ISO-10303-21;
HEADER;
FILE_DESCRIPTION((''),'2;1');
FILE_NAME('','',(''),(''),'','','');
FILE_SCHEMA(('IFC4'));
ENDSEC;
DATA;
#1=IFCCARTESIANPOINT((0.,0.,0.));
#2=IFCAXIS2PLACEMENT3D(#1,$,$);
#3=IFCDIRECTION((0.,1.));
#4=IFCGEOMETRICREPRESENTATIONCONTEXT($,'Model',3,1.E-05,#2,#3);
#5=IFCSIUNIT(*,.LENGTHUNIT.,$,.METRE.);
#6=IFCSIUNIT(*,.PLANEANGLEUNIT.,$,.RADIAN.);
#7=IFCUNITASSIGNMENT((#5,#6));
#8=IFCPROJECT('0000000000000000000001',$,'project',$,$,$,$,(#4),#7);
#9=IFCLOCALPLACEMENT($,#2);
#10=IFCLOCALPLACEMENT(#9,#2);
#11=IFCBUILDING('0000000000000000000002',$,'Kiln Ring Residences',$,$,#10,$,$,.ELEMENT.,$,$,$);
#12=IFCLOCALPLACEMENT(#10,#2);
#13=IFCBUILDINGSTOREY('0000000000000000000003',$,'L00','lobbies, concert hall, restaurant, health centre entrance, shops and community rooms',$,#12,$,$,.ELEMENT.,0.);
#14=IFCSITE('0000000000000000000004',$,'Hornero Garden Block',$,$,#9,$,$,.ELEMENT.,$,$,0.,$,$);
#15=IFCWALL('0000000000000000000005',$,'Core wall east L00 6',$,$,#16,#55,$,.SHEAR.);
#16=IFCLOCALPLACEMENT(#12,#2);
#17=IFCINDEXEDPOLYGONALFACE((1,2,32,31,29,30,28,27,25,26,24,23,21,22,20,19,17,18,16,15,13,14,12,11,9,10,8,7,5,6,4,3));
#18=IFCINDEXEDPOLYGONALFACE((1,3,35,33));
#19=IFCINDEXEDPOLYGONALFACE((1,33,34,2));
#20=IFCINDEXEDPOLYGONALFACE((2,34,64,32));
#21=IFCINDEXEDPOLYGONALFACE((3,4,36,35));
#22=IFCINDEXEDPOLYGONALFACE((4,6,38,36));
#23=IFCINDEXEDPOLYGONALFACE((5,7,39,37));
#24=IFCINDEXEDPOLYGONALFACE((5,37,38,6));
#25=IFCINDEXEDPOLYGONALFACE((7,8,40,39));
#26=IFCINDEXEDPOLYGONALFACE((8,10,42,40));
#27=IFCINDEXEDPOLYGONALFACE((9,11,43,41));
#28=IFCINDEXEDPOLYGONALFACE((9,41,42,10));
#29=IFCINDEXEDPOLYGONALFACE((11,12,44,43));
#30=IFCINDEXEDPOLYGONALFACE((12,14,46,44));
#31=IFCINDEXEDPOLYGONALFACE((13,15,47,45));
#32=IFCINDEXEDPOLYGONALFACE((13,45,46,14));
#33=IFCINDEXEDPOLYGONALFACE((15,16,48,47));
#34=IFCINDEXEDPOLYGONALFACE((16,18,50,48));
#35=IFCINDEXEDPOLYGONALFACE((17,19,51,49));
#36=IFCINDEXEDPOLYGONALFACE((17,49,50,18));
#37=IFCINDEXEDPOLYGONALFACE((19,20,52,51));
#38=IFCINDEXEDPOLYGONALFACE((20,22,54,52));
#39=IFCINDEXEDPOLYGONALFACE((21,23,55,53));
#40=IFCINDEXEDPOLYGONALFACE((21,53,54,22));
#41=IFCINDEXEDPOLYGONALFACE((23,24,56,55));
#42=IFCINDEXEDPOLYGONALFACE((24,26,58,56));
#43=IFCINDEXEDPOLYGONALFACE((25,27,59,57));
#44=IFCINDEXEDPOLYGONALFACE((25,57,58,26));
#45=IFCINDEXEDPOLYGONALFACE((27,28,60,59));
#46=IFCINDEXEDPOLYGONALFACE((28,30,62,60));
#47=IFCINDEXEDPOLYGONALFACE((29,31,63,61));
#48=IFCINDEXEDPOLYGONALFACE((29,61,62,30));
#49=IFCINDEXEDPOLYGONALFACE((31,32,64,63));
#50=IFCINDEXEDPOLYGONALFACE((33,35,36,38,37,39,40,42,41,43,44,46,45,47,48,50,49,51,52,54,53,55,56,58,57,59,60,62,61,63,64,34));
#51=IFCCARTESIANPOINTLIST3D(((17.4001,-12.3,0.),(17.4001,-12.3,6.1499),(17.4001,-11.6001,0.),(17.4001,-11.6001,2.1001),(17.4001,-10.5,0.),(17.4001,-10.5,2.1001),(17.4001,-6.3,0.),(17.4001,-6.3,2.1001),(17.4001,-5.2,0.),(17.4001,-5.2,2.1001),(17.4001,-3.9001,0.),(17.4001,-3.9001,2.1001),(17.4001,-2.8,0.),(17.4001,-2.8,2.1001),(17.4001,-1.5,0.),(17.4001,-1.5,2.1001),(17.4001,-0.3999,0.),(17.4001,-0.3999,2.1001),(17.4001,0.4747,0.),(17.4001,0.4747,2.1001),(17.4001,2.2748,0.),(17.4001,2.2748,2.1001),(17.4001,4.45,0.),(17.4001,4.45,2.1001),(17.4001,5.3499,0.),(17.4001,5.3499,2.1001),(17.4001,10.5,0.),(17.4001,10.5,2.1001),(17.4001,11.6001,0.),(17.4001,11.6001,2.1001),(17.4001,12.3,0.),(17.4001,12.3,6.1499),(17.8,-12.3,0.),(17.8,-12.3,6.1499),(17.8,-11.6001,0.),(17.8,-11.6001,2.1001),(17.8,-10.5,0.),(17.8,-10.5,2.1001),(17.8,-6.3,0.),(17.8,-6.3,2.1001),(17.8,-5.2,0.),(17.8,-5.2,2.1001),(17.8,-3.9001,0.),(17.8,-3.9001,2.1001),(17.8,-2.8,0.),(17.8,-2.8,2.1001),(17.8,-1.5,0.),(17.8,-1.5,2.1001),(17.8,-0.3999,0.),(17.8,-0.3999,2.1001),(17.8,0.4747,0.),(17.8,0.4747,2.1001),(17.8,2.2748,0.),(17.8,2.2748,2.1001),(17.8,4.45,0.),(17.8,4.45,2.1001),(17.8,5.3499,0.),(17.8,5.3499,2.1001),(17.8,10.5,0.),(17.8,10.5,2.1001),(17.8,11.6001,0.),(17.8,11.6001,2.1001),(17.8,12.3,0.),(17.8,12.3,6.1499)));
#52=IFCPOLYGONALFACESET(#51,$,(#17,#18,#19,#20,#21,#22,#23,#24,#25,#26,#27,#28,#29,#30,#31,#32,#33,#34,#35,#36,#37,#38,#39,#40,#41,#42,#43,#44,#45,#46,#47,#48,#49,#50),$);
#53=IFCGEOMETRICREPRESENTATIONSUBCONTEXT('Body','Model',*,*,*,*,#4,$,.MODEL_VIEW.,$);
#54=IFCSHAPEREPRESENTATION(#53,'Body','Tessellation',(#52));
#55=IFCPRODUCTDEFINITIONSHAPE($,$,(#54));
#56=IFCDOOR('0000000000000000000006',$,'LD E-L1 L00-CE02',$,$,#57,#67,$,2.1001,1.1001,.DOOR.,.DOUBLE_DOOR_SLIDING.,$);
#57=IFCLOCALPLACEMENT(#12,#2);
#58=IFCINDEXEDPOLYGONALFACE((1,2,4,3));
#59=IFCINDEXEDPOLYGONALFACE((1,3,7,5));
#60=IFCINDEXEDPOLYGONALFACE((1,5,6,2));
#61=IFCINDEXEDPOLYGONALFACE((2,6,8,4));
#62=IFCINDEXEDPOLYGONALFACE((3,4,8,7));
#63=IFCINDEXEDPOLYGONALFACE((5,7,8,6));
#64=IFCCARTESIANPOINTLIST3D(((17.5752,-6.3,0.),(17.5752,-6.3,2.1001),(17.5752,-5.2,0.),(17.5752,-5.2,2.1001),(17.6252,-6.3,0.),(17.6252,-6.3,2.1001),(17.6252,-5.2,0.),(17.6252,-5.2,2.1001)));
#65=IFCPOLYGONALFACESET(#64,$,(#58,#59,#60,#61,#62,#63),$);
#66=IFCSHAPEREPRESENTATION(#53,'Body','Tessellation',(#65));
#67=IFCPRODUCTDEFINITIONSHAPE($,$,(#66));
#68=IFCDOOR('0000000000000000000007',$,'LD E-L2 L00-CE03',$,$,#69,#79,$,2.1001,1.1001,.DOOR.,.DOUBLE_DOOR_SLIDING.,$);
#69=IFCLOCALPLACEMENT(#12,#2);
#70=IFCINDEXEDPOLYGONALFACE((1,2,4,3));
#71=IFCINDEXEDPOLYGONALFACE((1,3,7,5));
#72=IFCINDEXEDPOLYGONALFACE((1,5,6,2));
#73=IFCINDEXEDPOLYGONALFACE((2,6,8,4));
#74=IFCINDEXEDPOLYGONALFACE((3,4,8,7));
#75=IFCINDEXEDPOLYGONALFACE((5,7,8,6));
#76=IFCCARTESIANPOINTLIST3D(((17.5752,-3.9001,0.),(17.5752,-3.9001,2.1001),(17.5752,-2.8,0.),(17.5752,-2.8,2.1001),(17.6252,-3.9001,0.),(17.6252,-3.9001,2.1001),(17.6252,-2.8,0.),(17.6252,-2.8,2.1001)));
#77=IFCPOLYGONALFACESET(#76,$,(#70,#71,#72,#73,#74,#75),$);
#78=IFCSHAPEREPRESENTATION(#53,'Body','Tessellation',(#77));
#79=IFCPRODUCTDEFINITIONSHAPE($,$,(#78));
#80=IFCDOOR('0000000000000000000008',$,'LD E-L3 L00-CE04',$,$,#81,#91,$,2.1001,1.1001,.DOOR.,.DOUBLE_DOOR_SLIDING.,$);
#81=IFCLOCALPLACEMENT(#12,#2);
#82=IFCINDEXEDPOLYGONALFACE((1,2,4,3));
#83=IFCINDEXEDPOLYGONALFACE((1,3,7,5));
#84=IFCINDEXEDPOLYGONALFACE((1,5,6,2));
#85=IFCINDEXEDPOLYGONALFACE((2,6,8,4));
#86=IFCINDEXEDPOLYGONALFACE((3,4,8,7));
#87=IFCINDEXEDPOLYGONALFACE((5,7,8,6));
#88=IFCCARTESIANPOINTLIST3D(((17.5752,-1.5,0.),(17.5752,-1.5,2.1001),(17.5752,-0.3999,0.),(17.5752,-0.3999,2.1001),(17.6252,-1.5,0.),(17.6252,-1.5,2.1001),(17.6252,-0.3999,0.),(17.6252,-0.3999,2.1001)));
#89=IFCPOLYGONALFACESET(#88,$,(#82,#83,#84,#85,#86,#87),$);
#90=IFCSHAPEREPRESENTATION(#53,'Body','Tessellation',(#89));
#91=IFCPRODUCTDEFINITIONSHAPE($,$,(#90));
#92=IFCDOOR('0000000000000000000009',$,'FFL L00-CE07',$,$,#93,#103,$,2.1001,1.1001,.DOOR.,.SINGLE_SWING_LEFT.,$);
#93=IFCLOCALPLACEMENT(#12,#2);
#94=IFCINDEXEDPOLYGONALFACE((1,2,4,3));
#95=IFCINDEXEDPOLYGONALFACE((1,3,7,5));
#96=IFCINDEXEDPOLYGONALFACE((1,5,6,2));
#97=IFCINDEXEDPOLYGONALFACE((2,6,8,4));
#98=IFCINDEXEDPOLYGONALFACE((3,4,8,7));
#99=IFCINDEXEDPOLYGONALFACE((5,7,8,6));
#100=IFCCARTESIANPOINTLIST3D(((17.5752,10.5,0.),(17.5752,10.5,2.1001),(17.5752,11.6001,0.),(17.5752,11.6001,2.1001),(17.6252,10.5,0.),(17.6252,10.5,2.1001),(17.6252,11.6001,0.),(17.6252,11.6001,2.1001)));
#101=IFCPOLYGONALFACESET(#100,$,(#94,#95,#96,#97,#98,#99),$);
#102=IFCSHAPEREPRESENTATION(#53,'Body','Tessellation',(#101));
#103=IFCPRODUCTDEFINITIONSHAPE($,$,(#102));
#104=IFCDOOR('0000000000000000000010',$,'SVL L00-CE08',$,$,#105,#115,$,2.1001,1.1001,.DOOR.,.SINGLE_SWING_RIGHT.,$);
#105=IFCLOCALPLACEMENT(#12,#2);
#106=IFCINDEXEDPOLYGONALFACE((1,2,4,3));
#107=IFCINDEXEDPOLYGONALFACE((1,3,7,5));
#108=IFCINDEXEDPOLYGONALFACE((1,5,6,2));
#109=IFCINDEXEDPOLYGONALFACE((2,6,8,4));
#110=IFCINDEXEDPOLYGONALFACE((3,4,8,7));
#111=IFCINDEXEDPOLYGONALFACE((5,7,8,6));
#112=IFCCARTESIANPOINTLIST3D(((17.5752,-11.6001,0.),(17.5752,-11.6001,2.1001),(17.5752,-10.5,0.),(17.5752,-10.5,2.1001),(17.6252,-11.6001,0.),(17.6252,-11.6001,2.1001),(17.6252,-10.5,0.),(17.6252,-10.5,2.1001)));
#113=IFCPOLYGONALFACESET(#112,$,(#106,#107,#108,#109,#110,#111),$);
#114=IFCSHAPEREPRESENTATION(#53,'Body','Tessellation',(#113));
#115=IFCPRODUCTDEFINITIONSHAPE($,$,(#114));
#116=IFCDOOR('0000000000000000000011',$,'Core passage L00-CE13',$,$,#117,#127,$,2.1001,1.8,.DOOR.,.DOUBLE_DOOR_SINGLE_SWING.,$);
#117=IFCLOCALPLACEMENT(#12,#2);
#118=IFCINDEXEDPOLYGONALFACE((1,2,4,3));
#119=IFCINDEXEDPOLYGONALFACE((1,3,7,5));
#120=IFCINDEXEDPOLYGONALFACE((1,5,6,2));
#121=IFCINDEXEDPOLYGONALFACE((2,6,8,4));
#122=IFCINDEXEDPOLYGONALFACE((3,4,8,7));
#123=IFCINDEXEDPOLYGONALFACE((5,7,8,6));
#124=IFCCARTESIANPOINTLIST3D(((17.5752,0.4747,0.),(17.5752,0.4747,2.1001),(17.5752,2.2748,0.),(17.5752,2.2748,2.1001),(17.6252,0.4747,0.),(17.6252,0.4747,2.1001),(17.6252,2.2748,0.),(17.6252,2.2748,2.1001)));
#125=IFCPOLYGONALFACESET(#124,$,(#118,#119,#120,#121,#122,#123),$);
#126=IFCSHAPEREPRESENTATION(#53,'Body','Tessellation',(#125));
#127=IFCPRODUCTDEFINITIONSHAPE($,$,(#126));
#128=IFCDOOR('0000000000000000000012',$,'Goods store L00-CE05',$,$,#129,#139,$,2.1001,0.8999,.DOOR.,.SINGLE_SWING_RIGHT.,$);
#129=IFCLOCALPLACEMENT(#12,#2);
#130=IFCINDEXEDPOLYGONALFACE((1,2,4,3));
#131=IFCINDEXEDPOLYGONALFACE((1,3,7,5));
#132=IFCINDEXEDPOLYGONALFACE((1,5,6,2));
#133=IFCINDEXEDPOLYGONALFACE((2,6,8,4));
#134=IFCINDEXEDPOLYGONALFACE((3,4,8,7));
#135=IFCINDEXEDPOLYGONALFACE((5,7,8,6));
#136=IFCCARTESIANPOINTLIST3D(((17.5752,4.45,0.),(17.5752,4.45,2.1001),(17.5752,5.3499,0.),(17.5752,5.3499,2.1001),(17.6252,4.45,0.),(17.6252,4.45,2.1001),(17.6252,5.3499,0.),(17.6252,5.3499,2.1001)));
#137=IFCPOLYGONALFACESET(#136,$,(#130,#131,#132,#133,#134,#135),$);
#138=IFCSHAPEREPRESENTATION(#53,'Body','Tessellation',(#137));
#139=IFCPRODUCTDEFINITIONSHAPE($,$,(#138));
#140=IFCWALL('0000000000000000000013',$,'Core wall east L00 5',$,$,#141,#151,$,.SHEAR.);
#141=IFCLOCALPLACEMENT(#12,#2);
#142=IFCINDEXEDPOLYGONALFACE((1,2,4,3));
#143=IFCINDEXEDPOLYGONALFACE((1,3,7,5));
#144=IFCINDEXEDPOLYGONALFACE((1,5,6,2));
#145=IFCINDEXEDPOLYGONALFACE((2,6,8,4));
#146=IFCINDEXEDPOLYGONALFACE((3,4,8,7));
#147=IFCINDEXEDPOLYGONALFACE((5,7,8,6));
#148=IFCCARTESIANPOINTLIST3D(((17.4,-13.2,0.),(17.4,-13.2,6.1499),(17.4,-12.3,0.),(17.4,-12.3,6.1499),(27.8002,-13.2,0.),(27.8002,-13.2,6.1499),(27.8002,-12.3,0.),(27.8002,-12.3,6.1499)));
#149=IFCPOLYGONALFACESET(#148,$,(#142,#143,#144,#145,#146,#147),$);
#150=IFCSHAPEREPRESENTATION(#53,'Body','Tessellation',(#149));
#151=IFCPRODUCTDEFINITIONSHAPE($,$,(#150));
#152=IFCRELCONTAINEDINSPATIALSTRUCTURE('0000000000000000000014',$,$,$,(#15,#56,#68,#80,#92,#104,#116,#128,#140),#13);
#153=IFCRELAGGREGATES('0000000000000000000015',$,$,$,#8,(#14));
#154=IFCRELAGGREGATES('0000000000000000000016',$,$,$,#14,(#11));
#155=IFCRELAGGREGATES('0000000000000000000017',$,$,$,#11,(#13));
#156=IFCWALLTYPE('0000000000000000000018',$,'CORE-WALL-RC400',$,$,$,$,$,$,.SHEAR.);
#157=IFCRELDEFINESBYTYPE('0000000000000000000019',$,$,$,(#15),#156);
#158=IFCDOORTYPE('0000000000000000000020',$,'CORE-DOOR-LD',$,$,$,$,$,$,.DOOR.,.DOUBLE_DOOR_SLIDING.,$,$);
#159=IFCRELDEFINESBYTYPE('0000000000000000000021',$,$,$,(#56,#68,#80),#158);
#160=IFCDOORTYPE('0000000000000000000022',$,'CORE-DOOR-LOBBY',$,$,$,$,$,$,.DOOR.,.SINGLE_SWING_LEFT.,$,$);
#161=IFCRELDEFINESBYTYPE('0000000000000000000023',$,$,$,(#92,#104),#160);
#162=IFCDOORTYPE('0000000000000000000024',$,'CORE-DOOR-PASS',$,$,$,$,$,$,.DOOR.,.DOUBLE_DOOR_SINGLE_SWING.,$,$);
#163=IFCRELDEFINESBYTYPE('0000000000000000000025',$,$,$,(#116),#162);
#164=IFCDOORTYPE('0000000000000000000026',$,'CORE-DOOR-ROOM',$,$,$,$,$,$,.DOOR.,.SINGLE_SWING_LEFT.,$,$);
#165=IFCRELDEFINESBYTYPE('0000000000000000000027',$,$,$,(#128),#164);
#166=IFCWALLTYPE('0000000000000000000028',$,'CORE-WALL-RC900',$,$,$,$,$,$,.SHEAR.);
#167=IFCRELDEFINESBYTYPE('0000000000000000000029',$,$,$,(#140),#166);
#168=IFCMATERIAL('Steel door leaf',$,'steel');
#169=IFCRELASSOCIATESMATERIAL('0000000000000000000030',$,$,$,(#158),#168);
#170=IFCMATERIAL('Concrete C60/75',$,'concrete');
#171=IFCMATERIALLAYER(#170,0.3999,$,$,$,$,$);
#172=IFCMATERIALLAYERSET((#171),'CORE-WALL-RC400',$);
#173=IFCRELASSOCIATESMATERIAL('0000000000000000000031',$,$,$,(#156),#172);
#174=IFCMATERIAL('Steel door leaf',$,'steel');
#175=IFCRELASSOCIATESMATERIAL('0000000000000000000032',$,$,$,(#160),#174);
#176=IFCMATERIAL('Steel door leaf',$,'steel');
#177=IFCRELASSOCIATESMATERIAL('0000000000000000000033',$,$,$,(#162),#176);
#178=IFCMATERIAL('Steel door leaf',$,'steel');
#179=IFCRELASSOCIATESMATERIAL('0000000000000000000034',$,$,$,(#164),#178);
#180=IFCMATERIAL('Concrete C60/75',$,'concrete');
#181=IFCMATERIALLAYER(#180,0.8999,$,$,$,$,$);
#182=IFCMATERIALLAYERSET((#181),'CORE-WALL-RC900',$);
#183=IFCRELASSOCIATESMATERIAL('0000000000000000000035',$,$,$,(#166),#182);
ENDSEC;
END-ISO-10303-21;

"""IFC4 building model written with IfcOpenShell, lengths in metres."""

from ifc_helpers import new_model, si_unit, direction, frame, frame_2d, origin, place, context, subcontext, project, spatial, rectangle, extrude, material, layer, layer_set, type_object, element, fill, save


model = new_model("IFC4")

# Units and contexts
model_context = context("Model", 3, precision=1e-05, world=origin(), true_north=direction((0.0, 1.0)))
body_context = subcontext(model_context, "Body", "Model", "MODEL_VIEW")
ifc_project = project(units=[si_unit("LENGTHUNIT", "METRE"), si_unit("PLANEANGLEUNIT", "RADIAN")], contexts=[model_context])

# Site, building, storey
site_placement = place(None, origin())
site = spatial("IfcSite", under=ifc_project, at=site_placement, Name="Hornero Garden Block", CompositionType="ELEMENT", RefElevation=0.0)
building_placement = place(site_placement, origin())
building = spatial("IfcBuilding", under=site, at=building_placement, Name="Kiln Ring Residences", CompositionType="ELEMENT")
storey_placement = place(building_placement, origin())
storey = spatial("IfcBuildingStorey", under=building, at=storey_placement, Name="L00", Description="lobbies, concert hall, restaurant, health centre entrance, shops and community rooms", CompositionType="ELEMENT", Elevation=0.0)

# Wall, openings, doors
ifc_material_1 = material(Name="Steel door leaf", Category="steel")
door_type_1 = type_object("IfcDoorType", Name="CORE-DOOR-LD", OperationType="DOUBLE_DOOR_SLIDING", PredefinedType="DOOR", material=ifc_material_1)
ifc_material_2 = material(Name="Concrete C60/75", Category="concrete")
ifc_layer_1 = layer(ifc_material_2, 0.3999)
ifc_layer_set_1 = layer_set([ifc_layer_1], Name="CORE-WALL-RC400")
wall_type_1 = type_object("IfcWallType", Name="CORE-WALL-RC400", PredefinedType="SHEAR", material=ifc_layer_set_1)
wall_1_placement = place(storey_placement, frame((17.6001, -12.3, 0.0), z_axis=(0.0, 0.0, 1.0), x_axis=(0.0, 1.0, 0.0)))
wall_1 = element("IfcWall", 1, at=wall_1_placement, inside=storey, type_object=wall_type_1, Name="Core wall east L00 6", PredefinedType="SHEAR", context=body_context, shape_type="SweptSolid", body=[
    extrude(rectangle(XDim=24.6001, YDim=0.3999, at=frame_2d((12.3, 0.0))), origin(), (0.0, 0.0, 1.0), 6.1499),
])
opening_1_placement = place(wall_1_placement, frame((6.0, 0.0, 0.0)))
opening_1 = element("IfcOpeningElement", 2, at=opening_1_placement, cuts=wall_1, PredefinedType="OPENING", context=body_context, shape_type="SweptSolid", body=[
    extrude(rectangle(XDim=1.1001, YDim=2.1001, at=frame_2d((0.55, 1.05))), frame((0.0, 0.21, 0.0), z_axis=(0.0, -1.0, 0.0), x_axis=(1.0, 0.0, 0.0)), (0.0, 0.0, 1.0), 0.4199),
])
opening_2_placement = place(wall_1_placement, frame((8.3999, 0.0, 0.0)))
opening_2 = element("IfcOpeningElement", 3, at=opening_2_placement, cuts=wall_1, PredefinedType="OPENING", context=body_context, shape_type="SweptSolid", body=[
    extrude(rectangle(XDim=1.1001, YDim=2.1001, at=frame_2d((0.55, 1.05))), frame((0.0, 0.21, 0.0), z_axis=(0.0, -1.0, 0.0), x_axis=(1.0, 0.0, 0.0)), (0.0, 0.0, 1.0), 0.4199),
])
opening_3_placement = place(wall_1_placement, frame((10.8, 0.0, 0.0)))
opening_3 = element("IfcOpeningElement", 4, at=opening_3_placement, cuts=wall_1, PredefinedType="OPENING", context=body_context, shape_type="SweptSolid", body=[
    extrude(rectangle(XDim=1.1001, YDim=2.1001, at=frame_2d((0.55, 1.05))), frame((0.0, 0.21, 0.0), z_axis=(0.0, -1.0, 0.0), x_axis=(1.0, 0.0, 0.0)), (0.0, 0.0, 1.0), 0.4199),
])
opening_4_placement = place(wall_1_placement, frame((16.75, 0.0, 0.0)))
opening_4 = element("IfcOpeningElement", 5, at=opening_4_placement, cuts=wall_1, PredefinedType="OPENING", context=body_context, shape_type="SweptSolid", body=[
    extrude(rectangle(XDim=0.8999, YDim=2.1001, at=frame_2d((0.45, 1.05))), frame((0.0, 0.21, 0.0), z_axis=(0.0, -1.0, 0.0), x_axis=(1.0, 0.0, 0.0)), (0.0, 0.0, 1.0), 0.4199),
])
opening_5_placement = place(wall_1_placement, frame((22.8, 0.0, 0.0)))
opening_5 = element("IfcOpeningElement", 6, at=opening_5_placement, cuts=wall_1, PredefinedType="OPENING", context=body_context, shape_type="SweptSolid", body=[
    extrude(rectangle(XDim=1.1001, YDim=2.1001, at=frame_2d((0.55, 1.05))), frame((0.0, 0.21, 0.0), z_axis=(0.0, -1.0, 0.0), x_axis=(1.0, 0.0, 0.0)), (0.0, 0.0, 1.0), 0.4199),
])
opening_6_placement = place(wall_1_placement, frame((0.7, 0.0, 0.0)))
opening_6 = element("IfcOpeningElement", 7, at=opening_6_placement, cuts=wall_1, PredefinedType="OPENING", context=body_context, shape_type="SweptSolid", body=[
    extrude(rectangle(XDim=1.1001, YDim=2.1001, at=frame_2d((0.55, 1.05))), frame((0.0, 0.21, 0.0), z_axis=(0.0, -1.0, 0.0), x_axis=(1.0, 0.0, 0.0)), (0.0, 0.0, 1.0), 0.4199),
])
opening_7_placement = place(wall_1_placement, frame((12.7749, 0.0, 0.0)))
opening_7 = element("IfcOpeningElement", 8, at=opening_7_placement, cuts=wall_1, PredefinedType="OPENING", context=body_context, shape_type="SweptSolid", body=[
    extrude(rectangle(XDim=1.8, YDim=2.1001, at=frame_2d((0.8999, 1.05))), frame((0.0, 0.21, 0.0), z_axis=(0.0, -1.0, 0.0), x_axis=(1.0, 0.0, 0.0)), (0.0, 0.0, 1.0), 0.4199),
])
door_1_placement = place(opening_1_placement, origin())
door_1 = element("IfcDoor", 9, at=door_1_placement, inside=storey, type_object=door_type_1, Name="LD E-L1 L00-CE02", OperationType="DOUBLE_DOOR_SLIDING", OverallHeight=2.1001, OverallWidth=1.1001, PredefinedType="DOOR", context=body_context, shape_type="SweptSolid", body=[
    extrude(rectangle(XDim=1.1001, YDim=2.1001, at=frame_2d((0.55, 1.05))), frame((0.0, 0.0249, 0.0), z_axis=(0.0, -1.0, 0.0), x_axis=(1.0, 0.0, 0.0)), (0.0, 0.0, 1.0), 0.05),
])
fill(opening_1, door_1)
door_2_placement = place(opening_2_placement, origin())
door_2 = element("IfcDoor", 10, at=door_2_placement, inside=storey, type_object=door_type_1, Name="LD E-L2 L00-CE03", OperationType="DOUBLE_DOOR_SLIDING", OverallHeight=2.1001, OverallWidth=1.1001, PredefinedType="DOOR", context=body_context, shape_type="SweptSolid", body=[
    extrude(rectangle(XDim=1.1001, YDim=2.1001, at=frame_2d((0.55, 1.05))), frame((0.0, 0.0249, 0.0), z_axis=(0.0, -1.0, 0.0), x_axis=(1.0, 0.0, 0.0)), (0.0, 0.0, 1.0), 0.05),
])
fill(opening_2, door_2)
door_3_placement = place(opening_3_placement, origin())
door_3 = element("IfcDoor", 11, at=door_3_placement, inside=storey, type_object=door_type_1, Name="LD E-L3 L00-CE04", OperationType="DOUBLE_DOOR_SLIDING", OverallHeight=2.1001, OverallWidth=1.1001, PredefinedType="DOOR", context=body_context, shape_type="SweptSolid", body=[
    extrude(rectangle(XDim=1.1001, YDim=2.1001, at=frame_2d((0.55, 1.05))), frame((0.0, 0.0249, 0.0), z_axis=(0.0, -1.0, 0.0), x_axis=(1.0, 0.0, 0.0)), (0.0, 0.0, 1.0), 0.05),
])
fill(opening_3, door_3)
ifc_material_3 = material(Name="Steel door leaf", Category="steel")
door_type_2 = type_object("IfcDoorType", Name="CORE-DOOR-LOBBY", OperationType="SINGLE_SWING_LEFT", PredefinedType="DOOR", material=ifc_material_3)
door_4_placement = place(opening_5_placement, origin())
door_4 = element("IfcDoor", 12, at=door_4_placement, inside=storey, type_object=door_type_2, Name="FFL L00-CE07", OperationType="SINGLE_SWING_LEFT", OverallHeight=2.1001, OverallWidth=1.1001, PredefinedType="DOOR", context=body_context, shape_type="SweptSolid", body=[
    extrude(rectangle(XDim=1.1001, YDim=2.1001, at=frame_2d((0.55, 1.05))), frame((0.0, 0.0249, 0.0), z_axis=(0.0, -1.0, 0.0), x_axis=(1.0, 0.0, 0.0)), (0.0, 0.0, 1.0), 0.05),
])
fill(opening_5, door_4)
door_5_placement = place(opening_6_placement, origin())
door_5 = element("IfcDoor", 13, at=door_5_placement, inside=storey, type_object=door_type_2, Name="SVL L00-CE08", OperationType="SINGLE_SWING_RIGHT", OverallHeight=2.1001, OverallWidth=1.1001, PredefinedType="DOOR", context=body_context, shape_type="SweptSolid", body=[
    extrude(rectangle(XDim=1.1001, YDim=2.1001, at=frame_2d((0.55, 1.05))), frame((0.0, 0.0249, 0.0), z_axis=(0.0, -1.0, 0.0), x_axis=(1.0, 0.0, 0.0)), (0.0, 0.0, 1.0), 0.05),
])
fill(opening_6, door_5)
ifc_material_4 = material(Name="Steel door leaf", Category="steel")
door_type_3 = type_object("IfcDoorType", Name="CORE-DOOR-PASS", OperationType="DOUBLE_DOOR_SINGLE_SWING", PredefinedType="DOOR", material=ifc_material_4)
door_6_placement = place(opening_7_placement, origin())
door_6 = element("IfcDoor", 14, at=door_6_placement, inside=storey, type_object=door_type_3, Name="Core passage L00-CE13", OperationType="DOUBLE_DOOR_SINGLE_SWING", OverallHeight=2.1001, OverallWidth=1.8, PredefinedType="DOOR", context=body_context, shape_type="SweptSolid", body=[
    extrude(rectangle(XDim=1.8, YDim=2.1001, at=frame_2d((0.8999, 1.05))), frame((0.0, 0.0249, 0.0), z_axis=(0.0, -1.0, 0.0), x_axis=(1.0, 0.0, 0.0)), (0.0, 0.0, 1.0), 0.05),
])
fill(opening_7, door_6)
ifc_material_5 = material(Name="Steel door leaf", Category="steel")
door_type_4 = type_object("IfcDoorType", Name="CORE-DOOR-ROOM", OperationType="SINGLE_SWING_LEFT", PredefinedType="DOOR", material=ifc_material_5)
door_7_placement = place(opening_4_placement, origin())
door_7 = element("IfcDoor", 15, at=door_7_placement, inside=storey, type_object=door_type_4, Name="Goods store L00-CE05", OperationType="SINGLE_SWING_RIGHT", OverallHeight=2.1001, OverallWidth=0.8999, PredefinedType="DOOR", context=body_context, shape_type="SweptSolid", body=[
    extrude(rectangle(XDim=0.8999, YDim=2.1001, at=frame_2d((0.45, 1.05))), frame((0.0, 0.0249, 0.0), z_axis=(0.0, -1.0, 0.0), x_axis=(1.0, 0.0, 0.0)), (0.0, 0.0, 1.0), 0.05),
])
fill(opening_4, door_7)

# Wall
ifc_material_6 = material(Name="Concrete C60/75", Category="concrete")
ifc_layer_2 = layer(ifc_material_6, 0.8999)
ifc_layer_set_2 = layer_set([ifc_layer_2], Name="CORE-WALL-RC900")
wall_type_2 = type_object("IfcWallType", Name="CORE-WALL-RC900", PredefinedType="SHEAR", material=ifc_layer_set_2)
wall_2_placement = place(storey_placement, frame((17.3999, -12.75, 0.0), z_axis=(0.0, 0.0, 1.0), x_axis=(1.0, 0.0, 0.0)))
element("IfcWall", 16, at=wall_2_placement, inside=storey, type_object=wall_type_2, Name="Core wall east L00 5", PredefinedType="SHEAR", context=body_context, shape_type="SweptSolid", body=[
    extrude(rectangle(XDim=10.4001, YDim=0.8999, at=frame_2d((5.2002, 0.0))), origin(), (0.0, 0.0, 1.0), 6.1499),
])

save(model, "model.ifc")
